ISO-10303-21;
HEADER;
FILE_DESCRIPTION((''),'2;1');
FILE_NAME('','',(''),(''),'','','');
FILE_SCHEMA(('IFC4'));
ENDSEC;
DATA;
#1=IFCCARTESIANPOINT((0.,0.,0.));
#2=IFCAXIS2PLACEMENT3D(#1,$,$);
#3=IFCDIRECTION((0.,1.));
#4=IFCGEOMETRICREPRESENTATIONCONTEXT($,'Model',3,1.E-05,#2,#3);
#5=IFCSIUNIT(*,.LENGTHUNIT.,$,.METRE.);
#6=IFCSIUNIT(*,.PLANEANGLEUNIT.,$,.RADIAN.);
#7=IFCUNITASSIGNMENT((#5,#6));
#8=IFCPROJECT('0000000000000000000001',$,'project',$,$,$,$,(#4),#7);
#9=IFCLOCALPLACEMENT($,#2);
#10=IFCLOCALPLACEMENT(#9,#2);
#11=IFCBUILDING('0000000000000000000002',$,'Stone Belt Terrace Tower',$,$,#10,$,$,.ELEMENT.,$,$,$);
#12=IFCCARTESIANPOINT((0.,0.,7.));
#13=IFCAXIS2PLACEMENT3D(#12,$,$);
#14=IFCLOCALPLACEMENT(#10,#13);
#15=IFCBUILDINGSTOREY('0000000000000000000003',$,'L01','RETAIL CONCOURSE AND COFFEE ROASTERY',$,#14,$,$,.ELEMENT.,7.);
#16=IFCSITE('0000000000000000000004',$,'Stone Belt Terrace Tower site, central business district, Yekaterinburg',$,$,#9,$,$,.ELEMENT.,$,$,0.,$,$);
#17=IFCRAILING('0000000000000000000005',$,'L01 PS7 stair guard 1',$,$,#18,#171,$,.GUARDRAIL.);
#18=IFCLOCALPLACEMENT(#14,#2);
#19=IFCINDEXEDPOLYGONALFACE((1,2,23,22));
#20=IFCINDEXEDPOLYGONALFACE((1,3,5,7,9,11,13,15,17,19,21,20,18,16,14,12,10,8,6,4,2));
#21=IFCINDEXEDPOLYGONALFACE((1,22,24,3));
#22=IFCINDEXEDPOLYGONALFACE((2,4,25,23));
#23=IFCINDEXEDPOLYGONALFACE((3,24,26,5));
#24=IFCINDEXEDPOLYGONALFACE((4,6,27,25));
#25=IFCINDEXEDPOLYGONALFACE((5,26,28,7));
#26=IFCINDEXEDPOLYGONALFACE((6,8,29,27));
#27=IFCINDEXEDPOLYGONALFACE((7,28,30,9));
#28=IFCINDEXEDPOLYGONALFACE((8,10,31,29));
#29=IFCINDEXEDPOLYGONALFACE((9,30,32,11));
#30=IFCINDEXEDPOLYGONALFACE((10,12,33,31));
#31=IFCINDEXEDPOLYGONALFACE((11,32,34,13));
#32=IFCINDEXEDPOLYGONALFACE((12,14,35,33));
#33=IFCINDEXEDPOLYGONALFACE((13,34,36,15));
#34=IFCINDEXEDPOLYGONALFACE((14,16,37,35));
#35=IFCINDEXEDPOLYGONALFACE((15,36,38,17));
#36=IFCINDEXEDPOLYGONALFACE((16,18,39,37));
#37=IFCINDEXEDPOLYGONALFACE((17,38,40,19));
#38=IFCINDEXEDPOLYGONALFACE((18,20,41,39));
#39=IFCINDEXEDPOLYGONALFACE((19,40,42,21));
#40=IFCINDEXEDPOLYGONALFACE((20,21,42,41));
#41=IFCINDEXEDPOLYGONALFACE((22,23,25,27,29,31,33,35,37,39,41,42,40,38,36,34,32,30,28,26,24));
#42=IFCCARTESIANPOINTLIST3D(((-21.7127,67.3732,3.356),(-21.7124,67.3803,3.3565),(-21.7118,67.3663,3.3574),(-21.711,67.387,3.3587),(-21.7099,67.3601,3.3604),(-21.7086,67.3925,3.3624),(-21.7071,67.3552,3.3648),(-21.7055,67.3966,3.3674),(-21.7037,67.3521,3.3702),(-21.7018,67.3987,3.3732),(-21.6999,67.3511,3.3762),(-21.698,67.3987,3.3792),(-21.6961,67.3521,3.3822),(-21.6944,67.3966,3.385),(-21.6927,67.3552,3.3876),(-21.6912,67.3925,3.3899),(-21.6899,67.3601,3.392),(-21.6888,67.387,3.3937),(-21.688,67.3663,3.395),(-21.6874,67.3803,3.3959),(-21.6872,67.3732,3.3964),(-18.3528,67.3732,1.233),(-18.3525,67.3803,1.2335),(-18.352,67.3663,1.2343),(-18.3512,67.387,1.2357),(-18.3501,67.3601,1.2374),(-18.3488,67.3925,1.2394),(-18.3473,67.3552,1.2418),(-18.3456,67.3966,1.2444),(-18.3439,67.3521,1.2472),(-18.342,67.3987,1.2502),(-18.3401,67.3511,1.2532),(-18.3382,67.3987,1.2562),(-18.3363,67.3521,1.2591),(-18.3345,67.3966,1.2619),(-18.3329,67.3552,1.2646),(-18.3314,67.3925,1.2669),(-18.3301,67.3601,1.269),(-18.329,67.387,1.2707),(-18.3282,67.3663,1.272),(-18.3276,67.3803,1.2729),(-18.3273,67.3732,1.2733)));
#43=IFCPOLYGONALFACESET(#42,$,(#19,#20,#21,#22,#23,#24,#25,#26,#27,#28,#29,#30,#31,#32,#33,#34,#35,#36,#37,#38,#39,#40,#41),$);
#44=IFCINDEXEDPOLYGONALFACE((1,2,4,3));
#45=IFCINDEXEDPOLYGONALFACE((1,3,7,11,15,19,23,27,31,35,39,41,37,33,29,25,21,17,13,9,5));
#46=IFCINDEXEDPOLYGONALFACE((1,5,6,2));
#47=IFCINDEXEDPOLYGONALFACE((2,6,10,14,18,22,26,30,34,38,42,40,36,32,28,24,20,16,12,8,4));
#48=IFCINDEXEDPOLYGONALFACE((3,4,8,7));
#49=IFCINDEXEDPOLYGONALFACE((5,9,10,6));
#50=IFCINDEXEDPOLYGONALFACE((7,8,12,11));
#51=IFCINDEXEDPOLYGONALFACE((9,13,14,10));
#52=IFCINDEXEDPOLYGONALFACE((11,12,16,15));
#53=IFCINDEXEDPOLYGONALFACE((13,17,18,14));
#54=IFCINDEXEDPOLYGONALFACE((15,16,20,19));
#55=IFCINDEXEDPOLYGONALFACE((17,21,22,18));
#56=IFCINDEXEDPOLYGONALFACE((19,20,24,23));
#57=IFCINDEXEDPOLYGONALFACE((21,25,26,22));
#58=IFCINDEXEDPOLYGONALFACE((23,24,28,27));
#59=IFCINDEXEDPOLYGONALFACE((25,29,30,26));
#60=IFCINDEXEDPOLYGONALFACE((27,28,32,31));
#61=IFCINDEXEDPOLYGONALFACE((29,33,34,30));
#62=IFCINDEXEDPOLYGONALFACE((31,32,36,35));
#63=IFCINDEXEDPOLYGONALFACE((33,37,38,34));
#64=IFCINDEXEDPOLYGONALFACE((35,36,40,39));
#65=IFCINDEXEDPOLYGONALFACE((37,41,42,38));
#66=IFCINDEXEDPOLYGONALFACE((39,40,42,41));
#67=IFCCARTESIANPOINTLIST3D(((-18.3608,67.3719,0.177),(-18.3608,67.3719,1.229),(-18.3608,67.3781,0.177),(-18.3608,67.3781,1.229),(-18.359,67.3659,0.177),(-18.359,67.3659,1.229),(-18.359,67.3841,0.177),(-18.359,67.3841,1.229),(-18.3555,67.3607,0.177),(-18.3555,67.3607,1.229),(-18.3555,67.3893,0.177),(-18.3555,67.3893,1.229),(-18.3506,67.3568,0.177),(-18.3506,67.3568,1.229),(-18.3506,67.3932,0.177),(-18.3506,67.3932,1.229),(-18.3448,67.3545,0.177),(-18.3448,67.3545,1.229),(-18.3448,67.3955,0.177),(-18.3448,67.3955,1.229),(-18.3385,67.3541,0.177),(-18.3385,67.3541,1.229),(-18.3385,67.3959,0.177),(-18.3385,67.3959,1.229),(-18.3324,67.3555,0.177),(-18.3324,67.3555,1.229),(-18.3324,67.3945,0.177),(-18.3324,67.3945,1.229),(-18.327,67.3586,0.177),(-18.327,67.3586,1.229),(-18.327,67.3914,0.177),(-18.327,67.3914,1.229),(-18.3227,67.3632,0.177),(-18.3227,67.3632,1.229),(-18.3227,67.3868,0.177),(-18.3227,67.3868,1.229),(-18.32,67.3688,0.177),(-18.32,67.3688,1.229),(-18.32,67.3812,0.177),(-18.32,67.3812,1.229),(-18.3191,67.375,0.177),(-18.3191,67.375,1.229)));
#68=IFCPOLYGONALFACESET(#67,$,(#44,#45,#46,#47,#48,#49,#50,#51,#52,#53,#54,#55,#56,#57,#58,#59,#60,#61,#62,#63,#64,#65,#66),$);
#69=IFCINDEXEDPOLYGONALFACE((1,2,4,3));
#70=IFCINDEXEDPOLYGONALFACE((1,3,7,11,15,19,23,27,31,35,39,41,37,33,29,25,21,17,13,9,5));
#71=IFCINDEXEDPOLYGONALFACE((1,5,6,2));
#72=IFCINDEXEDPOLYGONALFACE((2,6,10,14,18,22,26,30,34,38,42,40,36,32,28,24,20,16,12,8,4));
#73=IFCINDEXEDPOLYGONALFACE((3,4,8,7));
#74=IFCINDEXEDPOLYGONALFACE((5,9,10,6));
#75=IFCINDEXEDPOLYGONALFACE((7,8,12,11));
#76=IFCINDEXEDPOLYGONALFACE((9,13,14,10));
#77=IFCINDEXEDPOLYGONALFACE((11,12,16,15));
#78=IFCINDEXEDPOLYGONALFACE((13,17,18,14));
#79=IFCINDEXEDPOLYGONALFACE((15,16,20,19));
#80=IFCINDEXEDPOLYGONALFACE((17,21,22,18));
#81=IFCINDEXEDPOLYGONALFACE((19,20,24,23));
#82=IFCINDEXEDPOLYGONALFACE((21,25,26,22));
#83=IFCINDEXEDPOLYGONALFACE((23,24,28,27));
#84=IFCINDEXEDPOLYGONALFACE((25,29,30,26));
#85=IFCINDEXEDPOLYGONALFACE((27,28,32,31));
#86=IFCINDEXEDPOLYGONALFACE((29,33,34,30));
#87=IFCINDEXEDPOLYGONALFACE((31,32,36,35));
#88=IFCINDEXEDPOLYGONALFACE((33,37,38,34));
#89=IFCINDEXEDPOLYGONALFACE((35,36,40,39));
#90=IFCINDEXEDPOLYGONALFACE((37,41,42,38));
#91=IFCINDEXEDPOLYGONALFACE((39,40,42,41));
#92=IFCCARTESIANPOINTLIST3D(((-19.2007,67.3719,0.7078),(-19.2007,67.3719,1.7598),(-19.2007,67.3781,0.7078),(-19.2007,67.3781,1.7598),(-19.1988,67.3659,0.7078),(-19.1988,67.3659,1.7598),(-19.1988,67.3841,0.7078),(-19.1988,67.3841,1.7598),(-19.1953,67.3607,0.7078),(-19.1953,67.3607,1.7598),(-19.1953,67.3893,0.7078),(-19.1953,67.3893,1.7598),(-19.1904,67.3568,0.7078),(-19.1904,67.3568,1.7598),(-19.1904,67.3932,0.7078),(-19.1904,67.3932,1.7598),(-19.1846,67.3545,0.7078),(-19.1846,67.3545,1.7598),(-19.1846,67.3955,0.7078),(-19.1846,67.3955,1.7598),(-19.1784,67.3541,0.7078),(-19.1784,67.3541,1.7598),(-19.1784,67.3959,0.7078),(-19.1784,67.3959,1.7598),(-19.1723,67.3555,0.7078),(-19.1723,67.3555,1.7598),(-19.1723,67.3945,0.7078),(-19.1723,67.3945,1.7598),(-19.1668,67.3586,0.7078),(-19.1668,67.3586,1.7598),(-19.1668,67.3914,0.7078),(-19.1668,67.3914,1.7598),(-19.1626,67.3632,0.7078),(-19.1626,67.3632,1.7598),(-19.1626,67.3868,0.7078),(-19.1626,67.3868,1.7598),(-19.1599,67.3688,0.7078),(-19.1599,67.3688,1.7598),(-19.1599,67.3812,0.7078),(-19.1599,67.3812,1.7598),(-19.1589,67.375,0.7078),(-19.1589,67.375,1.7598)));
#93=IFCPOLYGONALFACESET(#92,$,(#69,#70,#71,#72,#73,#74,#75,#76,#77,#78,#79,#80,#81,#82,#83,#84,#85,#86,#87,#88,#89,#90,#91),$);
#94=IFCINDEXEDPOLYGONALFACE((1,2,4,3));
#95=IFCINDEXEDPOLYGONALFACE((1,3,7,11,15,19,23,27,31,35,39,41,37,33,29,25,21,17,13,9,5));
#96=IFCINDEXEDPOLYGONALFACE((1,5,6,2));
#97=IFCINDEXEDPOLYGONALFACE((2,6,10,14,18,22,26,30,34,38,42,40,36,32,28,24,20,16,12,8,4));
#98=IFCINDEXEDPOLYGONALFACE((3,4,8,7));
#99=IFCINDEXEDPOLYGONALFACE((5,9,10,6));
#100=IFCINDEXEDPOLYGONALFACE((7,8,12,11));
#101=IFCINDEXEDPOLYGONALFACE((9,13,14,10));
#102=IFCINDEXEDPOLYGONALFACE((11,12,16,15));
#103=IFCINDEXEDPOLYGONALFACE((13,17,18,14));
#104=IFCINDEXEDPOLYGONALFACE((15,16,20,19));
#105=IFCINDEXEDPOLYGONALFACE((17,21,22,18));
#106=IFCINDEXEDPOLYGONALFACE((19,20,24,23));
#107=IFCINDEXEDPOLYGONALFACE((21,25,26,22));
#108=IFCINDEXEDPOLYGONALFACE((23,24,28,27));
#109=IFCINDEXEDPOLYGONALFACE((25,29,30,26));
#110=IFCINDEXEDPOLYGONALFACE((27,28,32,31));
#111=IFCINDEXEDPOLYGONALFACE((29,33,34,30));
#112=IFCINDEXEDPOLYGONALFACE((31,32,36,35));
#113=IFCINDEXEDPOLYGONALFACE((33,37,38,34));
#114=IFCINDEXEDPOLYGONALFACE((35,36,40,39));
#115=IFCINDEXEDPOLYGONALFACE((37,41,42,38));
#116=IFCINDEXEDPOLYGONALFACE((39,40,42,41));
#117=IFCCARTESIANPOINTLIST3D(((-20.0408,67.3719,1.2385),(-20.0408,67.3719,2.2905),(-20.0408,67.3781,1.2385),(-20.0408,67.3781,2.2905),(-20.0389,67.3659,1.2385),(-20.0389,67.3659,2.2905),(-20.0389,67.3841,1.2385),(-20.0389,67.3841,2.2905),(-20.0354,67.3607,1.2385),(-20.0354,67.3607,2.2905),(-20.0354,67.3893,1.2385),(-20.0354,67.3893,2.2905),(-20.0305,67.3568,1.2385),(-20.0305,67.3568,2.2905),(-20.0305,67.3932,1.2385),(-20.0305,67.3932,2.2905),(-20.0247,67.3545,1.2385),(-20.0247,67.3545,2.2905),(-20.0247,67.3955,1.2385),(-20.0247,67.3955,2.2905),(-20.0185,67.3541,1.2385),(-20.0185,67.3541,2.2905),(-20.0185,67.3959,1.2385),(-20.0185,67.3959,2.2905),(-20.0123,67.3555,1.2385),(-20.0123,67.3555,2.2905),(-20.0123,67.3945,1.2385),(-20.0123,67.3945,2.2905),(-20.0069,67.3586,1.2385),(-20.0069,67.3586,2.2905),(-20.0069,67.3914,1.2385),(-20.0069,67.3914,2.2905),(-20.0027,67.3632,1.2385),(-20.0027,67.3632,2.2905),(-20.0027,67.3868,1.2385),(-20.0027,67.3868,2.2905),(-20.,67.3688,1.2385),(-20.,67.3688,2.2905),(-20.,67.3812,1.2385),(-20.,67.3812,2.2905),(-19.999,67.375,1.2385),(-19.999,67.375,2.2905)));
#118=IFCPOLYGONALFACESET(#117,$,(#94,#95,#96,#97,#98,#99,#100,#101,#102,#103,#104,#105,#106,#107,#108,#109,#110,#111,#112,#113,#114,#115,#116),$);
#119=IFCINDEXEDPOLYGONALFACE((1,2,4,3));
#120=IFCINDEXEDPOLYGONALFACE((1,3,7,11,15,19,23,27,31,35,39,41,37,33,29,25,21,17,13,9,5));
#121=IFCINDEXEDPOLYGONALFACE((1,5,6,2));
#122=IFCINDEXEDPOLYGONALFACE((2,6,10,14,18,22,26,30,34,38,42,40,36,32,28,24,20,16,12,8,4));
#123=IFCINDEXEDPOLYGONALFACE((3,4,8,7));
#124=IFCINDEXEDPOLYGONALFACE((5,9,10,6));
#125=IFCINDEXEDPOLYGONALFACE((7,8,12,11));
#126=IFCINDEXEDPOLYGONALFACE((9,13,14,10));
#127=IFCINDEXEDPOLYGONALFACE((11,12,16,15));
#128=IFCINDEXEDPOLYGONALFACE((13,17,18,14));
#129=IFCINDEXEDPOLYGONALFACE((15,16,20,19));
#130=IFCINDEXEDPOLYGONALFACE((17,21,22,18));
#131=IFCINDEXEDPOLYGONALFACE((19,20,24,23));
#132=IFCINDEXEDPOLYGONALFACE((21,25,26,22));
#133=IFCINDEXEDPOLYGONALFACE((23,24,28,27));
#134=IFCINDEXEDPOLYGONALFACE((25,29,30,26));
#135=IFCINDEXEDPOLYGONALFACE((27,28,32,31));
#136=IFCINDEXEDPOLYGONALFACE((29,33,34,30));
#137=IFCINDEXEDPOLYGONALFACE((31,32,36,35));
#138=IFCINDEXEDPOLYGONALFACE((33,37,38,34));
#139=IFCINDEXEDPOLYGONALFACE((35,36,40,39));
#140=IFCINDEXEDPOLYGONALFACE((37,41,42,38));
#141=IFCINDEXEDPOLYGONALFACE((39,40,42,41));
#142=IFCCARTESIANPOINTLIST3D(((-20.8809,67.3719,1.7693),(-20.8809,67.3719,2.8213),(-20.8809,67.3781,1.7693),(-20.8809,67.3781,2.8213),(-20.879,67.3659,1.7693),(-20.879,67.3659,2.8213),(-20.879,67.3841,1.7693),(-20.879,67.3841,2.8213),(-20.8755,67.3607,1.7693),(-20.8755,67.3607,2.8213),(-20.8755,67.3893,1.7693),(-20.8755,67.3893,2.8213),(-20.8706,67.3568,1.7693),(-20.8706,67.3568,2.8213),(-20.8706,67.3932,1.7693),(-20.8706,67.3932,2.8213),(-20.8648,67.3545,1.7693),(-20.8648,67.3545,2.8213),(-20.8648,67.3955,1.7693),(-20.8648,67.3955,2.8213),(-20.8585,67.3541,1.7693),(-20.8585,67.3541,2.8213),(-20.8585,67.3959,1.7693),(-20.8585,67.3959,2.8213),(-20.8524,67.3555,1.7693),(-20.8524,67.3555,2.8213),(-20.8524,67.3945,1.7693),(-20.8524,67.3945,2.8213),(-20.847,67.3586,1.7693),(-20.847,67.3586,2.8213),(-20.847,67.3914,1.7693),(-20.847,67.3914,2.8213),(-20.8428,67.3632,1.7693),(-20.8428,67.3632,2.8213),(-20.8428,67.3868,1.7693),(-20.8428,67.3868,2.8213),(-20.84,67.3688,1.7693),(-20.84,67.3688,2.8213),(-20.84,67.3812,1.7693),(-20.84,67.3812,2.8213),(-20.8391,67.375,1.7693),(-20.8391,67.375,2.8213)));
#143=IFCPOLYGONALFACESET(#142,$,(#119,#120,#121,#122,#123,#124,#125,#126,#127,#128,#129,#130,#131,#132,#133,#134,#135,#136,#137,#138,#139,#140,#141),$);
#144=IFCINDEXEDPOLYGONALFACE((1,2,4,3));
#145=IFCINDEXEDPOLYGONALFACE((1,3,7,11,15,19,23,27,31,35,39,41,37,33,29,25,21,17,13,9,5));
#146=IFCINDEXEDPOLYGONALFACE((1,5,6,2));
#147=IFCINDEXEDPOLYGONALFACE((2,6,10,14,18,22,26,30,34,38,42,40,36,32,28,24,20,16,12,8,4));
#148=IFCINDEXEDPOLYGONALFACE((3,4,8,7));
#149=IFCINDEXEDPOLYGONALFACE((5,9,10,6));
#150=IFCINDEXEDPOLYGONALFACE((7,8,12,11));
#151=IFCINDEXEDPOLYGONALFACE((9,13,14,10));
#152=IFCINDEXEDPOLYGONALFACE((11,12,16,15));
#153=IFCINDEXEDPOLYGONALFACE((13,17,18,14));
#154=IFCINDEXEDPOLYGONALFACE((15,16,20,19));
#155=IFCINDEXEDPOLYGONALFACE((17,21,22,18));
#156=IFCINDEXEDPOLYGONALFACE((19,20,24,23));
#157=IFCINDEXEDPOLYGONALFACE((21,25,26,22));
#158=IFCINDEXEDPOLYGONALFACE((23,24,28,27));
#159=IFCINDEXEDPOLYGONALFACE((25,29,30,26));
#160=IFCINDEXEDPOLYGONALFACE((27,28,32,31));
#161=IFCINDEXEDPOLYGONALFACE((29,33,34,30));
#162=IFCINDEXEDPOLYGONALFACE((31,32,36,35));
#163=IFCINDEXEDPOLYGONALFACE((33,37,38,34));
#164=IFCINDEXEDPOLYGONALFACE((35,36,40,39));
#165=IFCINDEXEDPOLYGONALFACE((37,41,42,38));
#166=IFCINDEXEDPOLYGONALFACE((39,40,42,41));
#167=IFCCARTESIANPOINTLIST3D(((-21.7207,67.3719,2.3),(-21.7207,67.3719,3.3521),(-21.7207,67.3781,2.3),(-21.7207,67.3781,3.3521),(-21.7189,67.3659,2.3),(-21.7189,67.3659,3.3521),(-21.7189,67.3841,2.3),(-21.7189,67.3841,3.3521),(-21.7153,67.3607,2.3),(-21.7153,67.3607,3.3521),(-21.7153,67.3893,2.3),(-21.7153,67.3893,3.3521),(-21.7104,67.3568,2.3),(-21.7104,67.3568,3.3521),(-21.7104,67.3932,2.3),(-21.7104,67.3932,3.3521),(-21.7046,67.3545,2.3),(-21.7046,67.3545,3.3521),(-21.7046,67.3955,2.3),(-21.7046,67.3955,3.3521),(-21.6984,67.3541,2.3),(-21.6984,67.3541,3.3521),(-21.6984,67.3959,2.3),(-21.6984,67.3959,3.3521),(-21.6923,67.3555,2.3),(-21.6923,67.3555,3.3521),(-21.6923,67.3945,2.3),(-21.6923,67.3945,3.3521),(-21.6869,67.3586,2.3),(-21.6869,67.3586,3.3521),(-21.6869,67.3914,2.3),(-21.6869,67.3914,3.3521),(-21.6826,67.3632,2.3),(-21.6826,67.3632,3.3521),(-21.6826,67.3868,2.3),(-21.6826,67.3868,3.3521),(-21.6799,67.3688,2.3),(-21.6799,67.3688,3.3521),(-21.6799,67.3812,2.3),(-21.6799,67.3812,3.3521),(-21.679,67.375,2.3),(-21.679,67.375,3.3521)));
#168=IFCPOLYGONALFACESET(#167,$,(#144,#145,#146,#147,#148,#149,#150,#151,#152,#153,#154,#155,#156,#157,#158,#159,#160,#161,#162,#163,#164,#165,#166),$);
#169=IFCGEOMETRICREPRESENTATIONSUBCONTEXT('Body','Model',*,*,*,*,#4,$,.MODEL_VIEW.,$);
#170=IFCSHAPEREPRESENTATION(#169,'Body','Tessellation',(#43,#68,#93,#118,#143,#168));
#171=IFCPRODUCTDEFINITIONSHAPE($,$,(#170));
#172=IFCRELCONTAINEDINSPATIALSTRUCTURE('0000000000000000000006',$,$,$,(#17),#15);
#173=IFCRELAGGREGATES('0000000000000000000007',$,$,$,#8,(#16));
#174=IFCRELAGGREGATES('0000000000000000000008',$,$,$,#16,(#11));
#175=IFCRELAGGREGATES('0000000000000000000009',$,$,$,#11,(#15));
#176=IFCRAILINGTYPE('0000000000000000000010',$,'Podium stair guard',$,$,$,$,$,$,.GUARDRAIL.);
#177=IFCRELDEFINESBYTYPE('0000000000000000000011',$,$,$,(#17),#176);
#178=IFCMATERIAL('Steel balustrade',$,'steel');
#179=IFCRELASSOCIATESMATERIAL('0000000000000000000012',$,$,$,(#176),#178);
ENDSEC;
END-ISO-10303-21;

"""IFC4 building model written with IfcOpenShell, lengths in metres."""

from ifc_helpers import new_model, si_unit, direction, frame, origin, origin_2d, place, context, subcontext, project, spatial, circle, extrude, material, type_object, element, save


model = new_model("IFC4")

# Units and contexts
model_context = context("Model", 3, precision=1e-05, world=origin(), true_north=direction((0.0, 1.0)))
body_context = subcontext(model_context, "Body", "Model", "MODEL_VIEW")
ifc_project = project(units=[si_unit("LENGTHUNIT", "METRE"), si_unit("PLANEANGLEUNIT", "RADIAN")], contexts=[model_context])

# Site, building, storey
site_placement = place(None, origin())
site = spatial("IfcSite", under=ifc_project, at=site_placement, Name="Stone Belt Terrace Tower site, central business district, Yekaterinburg", CompositionType="ELEMENT", RefElevation=0.0)
building_placement = place(site_placement, origin())
building = spatial("IfcBuilding", under=site, at=building_placement, Name="Stone Belt Terrace Tower", CompositionType="ELEMENT")
storey_placement = place(building_placement, frame((0.0, 0.0, 7.0)))
storey = spatial("IfcBuildingStorey", under=building, at=storey_placement, Name="L01", Description="RETAIL CONCOURSE AND COFFEE ROASTERY", CompositionType="ELEMENT", Elevation=7.0)

# Railing
ifc_material_1 = material(Name="Steel balustrade", Category="steel")
railing_type_1 = type_object("IfcRailingType", Name="Podium stair guard", PredefinedType="GUARDRAIL", material=ifc_material_1)
railing_1_placement = place(storey_placement, frame((-18.3401, 67.375, 0.177)))
element("IfcRailing", 1, at=railing_1_placement, inside=storey, type_object=railing_type_1, Name="L01 PS7 stair guard 1", PredefinedType="GUARDRAIL", context=body_context, shape_type="SweptSolid", body=[
    extrude(circle(Radius=0.0239, at=origin_2d()), frame((0.0, 0.0, 1.0762), z_axis=(-0.845372, 0.0, 0.534178), x_axis=(0.0, -1.0, 0.0)), (0.0, 0.0, 1.0), 3.9744),
    extrude(circle(Radius=0.021, at=origin_2d()), origin(), (0.0, 0.0, 1.0), 1.052),
    extrude(circle(Radius=0.021, at=origin_2d()), frame((-0.8398, 0.0, 0.5308)), (0.0, 0.0, 1.0), 1.052),
    extrude(circle(Radius=0.021, at=origin_2d()), frame((-1.6799, 0.0, 1.0615)), (0.0, 0.0, 1.0), 1.052),
    extrude(circle(Radius=0.021, at=origin_2d()), frame((-2.52, 0.0, 1.5923)), (0.0, 0.0, 1.0), 1.052),
    extrude(circle(Radius=0.021, at=origin_2d()), frame((-3.3599, 0.0, 2.123)), (0.0, 0.0, 1.0), 1.052),
])

save(model, "model.ifc")
